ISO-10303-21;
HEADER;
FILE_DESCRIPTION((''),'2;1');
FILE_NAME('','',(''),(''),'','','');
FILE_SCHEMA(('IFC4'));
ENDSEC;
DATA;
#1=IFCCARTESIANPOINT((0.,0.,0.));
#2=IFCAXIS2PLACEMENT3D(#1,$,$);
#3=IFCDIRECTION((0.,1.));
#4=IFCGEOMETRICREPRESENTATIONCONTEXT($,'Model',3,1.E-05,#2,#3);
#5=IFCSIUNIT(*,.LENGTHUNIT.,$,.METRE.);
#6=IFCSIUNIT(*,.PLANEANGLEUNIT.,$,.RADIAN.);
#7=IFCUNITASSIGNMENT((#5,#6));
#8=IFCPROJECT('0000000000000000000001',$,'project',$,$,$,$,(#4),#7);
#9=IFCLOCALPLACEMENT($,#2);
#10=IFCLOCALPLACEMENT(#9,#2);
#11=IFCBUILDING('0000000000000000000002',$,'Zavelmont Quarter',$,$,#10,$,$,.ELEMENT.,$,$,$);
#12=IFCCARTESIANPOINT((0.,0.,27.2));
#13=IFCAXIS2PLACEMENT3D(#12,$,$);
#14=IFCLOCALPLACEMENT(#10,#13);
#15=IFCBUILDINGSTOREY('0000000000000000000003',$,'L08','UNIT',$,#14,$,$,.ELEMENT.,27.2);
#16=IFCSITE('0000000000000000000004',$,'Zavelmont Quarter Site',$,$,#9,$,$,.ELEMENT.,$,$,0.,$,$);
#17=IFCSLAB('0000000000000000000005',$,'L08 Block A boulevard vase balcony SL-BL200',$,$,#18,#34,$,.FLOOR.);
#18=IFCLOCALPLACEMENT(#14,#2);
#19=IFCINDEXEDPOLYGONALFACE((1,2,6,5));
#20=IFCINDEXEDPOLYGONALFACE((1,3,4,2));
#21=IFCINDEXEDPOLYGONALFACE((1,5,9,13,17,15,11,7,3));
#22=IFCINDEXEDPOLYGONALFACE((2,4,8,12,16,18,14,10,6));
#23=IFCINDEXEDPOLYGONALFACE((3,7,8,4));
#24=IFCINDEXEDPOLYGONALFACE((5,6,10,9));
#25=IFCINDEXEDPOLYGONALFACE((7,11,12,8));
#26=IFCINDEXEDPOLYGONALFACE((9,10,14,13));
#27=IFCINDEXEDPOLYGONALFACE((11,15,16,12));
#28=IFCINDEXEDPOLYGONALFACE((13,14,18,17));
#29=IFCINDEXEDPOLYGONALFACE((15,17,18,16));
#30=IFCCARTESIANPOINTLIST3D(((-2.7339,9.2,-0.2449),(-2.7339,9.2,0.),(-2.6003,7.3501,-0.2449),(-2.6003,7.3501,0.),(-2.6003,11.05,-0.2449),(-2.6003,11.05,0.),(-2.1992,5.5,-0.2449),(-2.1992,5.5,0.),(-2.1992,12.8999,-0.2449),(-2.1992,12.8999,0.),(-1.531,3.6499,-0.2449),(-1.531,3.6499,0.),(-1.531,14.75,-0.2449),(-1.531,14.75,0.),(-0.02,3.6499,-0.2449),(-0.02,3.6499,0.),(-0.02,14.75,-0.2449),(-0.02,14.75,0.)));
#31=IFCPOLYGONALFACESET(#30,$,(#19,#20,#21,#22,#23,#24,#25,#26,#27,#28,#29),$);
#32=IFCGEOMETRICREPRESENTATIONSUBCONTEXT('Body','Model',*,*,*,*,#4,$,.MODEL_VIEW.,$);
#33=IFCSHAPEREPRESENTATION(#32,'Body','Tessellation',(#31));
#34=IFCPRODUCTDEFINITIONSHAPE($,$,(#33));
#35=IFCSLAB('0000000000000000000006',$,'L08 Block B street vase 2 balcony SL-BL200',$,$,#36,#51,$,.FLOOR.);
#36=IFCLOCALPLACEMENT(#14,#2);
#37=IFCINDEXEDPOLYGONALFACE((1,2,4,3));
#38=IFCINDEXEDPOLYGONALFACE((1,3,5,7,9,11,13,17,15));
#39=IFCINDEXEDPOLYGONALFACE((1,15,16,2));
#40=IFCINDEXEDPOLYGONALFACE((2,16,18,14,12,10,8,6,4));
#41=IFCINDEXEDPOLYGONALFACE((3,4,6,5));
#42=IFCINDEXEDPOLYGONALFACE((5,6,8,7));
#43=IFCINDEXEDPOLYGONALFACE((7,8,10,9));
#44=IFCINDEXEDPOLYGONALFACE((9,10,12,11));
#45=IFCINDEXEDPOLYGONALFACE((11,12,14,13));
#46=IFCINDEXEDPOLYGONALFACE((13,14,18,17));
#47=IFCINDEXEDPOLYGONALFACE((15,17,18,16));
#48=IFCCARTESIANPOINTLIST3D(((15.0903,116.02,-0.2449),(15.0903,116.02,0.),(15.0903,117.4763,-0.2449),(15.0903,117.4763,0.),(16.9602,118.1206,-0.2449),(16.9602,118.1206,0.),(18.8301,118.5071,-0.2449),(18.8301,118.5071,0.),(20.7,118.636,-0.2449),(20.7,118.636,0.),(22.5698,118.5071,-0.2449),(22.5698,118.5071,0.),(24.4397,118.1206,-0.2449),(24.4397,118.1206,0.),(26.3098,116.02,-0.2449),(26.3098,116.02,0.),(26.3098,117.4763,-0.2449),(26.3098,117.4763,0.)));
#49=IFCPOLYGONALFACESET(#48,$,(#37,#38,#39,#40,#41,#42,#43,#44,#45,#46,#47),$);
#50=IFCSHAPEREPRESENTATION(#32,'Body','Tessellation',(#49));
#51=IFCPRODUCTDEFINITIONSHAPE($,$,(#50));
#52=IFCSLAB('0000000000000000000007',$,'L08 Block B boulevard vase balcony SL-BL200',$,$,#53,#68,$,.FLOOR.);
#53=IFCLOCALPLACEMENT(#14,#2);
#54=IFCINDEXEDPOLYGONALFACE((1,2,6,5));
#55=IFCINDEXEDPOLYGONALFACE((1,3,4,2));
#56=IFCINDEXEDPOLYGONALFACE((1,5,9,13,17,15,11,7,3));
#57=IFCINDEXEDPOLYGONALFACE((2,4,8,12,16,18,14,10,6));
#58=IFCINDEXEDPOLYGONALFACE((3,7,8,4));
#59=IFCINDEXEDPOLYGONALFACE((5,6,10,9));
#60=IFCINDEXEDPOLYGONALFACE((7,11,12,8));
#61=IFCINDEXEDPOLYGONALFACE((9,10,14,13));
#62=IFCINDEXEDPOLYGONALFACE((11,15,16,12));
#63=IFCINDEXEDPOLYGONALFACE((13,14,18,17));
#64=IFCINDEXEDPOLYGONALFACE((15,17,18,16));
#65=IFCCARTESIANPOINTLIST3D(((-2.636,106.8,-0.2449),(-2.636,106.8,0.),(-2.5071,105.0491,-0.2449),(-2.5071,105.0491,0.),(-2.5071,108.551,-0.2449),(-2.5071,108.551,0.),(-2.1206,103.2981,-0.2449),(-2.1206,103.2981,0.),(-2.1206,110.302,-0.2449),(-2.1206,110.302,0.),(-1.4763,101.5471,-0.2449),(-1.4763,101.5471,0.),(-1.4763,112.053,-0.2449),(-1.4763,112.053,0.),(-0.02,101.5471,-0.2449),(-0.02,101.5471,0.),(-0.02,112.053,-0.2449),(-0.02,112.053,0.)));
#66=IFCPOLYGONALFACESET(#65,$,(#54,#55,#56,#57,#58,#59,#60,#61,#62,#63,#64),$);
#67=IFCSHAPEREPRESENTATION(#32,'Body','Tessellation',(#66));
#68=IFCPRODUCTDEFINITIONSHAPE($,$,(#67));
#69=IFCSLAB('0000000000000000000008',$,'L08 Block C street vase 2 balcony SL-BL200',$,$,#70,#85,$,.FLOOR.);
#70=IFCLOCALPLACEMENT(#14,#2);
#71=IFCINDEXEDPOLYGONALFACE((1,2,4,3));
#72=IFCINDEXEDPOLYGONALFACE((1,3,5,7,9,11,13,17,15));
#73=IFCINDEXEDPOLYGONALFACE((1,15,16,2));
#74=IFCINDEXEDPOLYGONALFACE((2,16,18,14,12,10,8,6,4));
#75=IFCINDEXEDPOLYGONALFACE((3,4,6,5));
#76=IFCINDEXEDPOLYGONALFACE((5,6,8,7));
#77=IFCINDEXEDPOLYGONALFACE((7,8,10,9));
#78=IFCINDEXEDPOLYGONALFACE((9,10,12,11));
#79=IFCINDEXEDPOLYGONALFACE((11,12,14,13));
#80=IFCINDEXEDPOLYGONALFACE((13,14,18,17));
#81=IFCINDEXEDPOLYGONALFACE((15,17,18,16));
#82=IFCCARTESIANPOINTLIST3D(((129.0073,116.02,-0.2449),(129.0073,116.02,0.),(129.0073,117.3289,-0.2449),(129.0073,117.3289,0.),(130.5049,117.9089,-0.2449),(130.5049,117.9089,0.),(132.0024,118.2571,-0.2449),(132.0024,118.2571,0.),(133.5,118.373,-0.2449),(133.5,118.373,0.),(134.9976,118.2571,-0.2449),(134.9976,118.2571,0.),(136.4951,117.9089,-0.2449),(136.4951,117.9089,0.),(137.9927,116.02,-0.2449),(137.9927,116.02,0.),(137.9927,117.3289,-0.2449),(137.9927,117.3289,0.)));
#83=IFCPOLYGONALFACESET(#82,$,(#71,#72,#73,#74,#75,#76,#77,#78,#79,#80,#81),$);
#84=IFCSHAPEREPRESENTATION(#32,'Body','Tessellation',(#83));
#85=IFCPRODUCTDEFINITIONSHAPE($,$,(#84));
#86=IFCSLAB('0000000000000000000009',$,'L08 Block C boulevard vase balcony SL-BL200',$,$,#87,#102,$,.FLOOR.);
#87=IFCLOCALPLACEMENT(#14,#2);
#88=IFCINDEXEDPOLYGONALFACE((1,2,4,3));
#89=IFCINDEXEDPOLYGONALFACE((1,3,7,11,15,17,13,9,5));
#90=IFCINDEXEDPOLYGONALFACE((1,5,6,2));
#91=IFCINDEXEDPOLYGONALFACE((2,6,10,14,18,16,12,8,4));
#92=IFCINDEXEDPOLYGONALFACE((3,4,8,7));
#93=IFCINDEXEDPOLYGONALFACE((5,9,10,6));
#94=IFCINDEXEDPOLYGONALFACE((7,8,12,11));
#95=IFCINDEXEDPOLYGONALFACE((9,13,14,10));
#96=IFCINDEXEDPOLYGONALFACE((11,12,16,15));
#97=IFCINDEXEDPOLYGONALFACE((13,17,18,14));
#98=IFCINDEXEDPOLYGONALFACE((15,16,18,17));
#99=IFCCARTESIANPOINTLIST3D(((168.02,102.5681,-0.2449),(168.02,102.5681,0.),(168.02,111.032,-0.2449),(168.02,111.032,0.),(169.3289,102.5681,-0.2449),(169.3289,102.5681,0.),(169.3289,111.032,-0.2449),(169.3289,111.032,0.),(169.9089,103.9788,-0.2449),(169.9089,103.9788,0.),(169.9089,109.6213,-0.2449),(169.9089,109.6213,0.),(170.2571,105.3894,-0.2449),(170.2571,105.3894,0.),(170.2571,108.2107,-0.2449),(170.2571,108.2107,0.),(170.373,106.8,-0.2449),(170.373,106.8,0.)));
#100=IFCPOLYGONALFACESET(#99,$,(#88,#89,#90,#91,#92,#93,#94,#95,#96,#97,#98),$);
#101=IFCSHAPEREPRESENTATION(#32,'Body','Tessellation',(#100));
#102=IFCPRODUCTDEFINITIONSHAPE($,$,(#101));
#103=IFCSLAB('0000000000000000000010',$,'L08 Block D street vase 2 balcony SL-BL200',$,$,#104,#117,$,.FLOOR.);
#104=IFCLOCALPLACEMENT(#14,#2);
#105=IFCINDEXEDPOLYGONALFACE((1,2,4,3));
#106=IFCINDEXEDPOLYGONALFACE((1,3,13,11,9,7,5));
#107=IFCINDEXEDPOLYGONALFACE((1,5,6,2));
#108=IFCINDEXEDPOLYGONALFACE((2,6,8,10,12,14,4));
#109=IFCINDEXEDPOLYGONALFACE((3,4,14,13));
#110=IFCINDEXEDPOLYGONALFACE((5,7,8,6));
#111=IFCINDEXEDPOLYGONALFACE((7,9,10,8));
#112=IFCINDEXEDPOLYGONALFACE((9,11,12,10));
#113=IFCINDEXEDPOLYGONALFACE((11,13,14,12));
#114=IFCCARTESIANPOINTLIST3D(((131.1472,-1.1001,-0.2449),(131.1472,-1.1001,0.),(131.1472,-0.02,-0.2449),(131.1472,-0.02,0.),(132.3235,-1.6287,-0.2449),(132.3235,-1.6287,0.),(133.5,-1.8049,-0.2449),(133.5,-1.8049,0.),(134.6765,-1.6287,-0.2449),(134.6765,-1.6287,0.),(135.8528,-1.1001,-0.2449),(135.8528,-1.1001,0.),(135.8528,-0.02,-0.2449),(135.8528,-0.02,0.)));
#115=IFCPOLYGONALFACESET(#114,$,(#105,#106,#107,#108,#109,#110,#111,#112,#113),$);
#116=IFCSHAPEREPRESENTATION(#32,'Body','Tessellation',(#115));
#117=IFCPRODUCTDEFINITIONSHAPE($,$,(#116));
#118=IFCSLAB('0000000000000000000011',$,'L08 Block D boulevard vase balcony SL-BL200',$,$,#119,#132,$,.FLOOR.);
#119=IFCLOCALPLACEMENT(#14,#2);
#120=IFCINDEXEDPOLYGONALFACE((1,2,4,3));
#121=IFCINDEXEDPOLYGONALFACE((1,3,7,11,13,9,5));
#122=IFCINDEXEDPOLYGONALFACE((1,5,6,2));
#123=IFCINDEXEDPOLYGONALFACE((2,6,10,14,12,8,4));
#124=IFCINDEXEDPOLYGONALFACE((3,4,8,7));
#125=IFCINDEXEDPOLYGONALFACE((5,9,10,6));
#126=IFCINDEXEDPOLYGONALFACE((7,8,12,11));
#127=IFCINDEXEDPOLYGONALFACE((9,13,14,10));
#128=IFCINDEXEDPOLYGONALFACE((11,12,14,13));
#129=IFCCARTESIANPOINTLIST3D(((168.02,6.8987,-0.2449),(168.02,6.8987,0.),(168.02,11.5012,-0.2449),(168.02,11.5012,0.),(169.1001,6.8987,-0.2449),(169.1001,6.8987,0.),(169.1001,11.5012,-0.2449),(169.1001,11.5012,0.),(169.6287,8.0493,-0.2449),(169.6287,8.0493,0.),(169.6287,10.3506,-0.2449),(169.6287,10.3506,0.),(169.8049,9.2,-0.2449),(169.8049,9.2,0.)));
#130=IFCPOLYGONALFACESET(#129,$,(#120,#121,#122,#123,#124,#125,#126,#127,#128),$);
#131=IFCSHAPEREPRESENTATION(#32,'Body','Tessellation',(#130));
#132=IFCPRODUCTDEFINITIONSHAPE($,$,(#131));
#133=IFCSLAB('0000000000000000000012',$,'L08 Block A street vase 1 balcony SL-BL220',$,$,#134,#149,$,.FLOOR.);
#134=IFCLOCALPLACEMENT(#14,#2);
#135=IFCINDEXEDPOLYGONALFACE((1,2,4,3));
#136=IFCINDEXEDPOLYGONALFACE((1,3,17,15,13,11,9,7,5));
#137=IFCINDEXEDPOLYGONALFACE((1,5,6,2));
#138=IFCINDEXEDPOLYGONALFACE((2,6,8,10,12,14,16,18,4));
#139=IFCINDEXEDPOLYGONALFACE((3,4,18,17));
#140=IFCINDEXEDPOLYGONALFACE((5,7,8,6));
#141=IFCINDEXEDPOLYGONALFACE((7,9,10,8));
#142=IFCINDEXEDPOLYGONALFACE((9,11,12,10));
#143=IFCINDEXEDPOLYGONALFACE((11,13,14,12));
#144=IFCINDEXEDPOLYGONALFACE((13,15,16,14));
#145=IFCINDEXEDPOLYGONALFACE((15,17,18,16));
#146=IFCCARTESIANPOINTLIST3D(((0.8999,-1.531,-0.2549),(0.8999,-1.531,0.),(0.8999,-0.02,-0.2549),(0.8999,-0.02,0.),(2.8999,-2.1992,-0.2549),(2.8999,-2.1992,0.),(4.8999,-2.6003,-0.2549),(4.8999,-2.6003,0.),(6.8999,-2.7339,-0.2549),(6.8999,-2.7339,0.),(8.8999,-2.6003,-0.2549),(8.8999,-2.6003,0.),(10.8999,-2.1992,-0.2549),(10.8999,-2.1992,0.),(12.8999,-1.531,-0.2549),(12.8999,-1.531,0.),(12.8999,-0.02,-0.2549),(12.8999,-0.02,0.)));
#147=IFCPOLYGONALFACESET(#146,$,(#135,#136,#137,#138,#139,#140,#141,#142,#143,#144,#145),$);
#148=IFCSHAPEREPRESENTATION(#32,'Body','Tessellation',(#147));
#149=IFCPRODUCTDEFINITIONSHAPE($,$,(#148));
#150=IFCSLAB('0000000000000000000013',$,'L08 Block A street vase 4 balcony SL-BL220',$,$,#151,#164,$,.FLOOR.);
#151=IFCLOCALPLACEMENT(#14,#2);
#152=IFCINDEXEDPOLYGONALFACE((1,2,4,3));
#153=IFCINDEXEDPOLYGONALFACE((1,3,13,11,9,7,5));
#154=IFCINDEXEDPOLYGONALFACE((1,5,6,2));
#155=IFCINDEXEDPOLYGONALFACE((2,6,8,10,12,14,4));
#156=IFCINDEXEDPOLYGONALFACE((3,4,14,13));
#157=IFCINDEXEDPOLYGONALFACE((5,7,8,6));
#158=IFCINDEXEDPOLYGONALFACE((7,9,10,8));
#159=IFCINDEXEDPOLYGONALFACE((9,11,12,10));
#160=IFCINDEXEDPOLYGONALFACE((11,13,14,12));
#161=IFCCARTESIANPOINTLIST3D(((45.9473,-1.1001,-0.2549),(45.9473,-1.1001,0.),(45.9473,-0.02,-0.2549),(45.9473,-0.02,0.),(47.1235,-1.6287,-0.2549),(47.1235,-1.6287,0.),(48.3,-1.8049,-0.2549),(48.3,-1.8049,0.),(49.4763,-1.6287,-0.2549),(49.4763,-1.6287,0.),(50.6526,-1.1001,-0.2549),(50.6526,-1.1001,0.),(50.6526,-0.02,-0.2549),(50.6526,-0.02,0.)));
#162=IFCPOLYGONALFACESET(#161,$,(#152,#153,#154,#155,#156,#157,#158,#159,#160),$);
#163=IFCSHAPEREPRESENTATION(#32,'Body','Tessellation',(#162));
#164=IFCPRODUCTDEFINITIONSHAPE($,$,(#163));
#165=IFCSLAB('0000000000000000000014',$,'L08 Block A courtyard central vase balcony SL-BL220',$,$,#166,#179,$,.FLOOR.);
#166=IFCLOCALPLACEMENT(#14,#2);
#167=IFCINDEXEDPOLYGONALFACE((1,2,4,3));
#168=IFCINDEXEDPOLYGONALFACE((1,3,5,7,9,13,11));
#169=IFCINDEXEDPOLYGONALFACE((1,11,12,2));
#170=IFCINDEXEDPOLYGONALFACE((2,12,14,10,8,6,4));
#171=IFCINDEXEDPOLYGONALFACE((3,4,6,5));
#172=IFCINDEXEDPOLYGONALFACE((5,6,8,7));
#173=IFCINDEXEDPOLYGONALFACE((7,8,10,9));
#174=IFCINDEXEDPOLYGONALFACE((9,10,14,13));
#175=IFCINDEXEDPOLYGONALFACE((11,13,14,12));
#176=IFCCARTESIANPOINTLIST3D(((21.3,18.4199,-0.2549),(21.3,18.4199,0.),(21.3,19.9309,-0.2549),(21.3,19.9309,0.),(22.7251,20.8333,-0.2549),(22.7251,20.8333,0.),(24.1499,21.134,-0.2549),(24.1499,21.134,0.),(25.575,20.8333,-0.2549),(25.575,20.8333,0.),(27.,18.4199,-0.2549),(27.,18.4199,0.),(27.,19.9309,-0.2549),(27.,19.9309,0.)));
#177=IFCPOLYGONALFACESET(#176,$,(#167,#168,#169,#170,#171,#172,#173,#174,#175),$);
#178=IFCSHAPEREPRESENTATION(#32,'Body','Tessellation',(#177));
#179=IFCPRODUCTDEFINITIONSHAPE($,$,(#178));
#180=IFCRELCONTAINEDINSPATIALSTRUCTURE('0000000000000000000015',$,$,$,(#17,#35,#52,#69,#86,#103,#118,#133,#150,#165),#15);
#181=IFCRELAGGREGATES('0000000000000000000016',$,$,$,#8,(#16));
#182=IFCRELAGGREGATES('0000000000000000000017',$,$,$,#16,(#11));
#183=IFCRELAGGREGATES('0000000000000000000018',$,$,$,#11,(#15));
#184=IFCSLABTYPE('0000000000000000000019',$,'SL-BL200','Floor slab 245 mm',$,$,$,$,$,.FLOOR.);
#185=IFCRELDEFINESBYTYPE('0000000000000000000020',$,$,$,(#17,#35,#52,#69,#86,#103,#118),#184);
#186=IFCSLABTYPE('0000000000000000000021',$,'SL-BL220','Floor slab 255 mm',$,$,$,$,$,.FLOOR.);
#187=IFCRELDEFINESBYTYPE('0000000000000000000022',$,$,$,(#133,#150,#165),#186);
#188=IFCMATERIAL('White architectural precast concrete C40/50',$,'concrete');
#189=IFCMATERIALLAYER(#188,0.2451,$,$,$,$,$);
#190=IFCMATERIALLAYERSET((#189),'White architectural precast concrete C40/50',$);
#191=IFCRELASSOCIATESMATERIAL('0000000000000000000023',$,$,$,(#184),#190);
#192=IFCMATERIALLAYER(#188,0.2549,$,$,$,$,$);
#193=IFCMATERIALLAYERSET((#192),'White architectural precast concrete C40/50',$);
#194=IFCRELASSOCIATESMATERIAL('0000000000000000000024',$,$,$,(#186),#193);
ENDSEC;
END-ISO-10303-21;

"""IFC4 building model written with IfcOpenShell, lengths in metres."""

from ifc_helpers import new_model, si_unit, direction, frame, origin, place, context, subcontext, project, spatial, polyline, outline, extrude, material, layer, layer_set, type_object, element, save


model = new_model("IFC4")

# Units and contexts
model_context = context("Model", 3, precision=1e-05, world=origin(), true_north=direction((0.0, 1.0)))
body_context = subcontext(model_context, "Body", "Model", "MODEL_VIEW")
ifc_project = project(units=[si_unit("LENGTHUNIT", "METRE"), si_unit("PLANEANGLEUNIT", "RADIAN")], contexts=[model_context])

# Site, building, storey
site_placement = place(None, origin())
site = spatial("IfcSite", under=ifc_project, at=site_placement, Name="Zavelmont Quarter Site", CompositionType="ELEMENT", RefElevation=0.0)
building_placement = place(site_placement, origin())
building = spatial("IfcBuilding", under=site, at=building_placement, Name="Zavelmont Quarter", CompositionType="ELEMENT")
storey_placement = place(building_placement, frame((0.0, 0.0, 27.2)))
storey = spatial("IfcBuildingStorey", under=building, at=storey_placement, Name="L08", Description="UNIT", CompositionType="ELEMENT", Elevation=27.2)

# Slabs
ifc_material_1 = material(Name="White architectural precast concrete C40/50", Category="concrete")
ifc_layer_1 = layer(ifc_material_1, 0.2451)
ifc_layer_set_1 = layer_set([ifc_layer_1], Name="White architectural precast concrete C40/50")
slab_type_1 = type_object("IfcSlabType", Name="SL-BL200", Description="Floor slab 245 mm", PredefinedType="FLOOR", material=ifc_layer_set_1)
slab_1_placement = place(storey_placement, frame((0.0, 0.0, -0.2449)))
element("IfcSlab", 1, at=slab_1_placement, inside=storey, type_object=slab_type_1, Name="L08 Block A boulevard vase balcony SL-BL200", PredefinedType="FLOOR", context=body_context, shape_type="SweptSolid", body=[
    extrude(outline(polyline([(-0.02, 14.75), (-1.531, 14.75), (-2.1992, 12.8999), (-2.6003, 11.05), (-2.7339, 9.2), (-2.6003, 7.3501), (-2.1992, 5.5), (-1.531, 3.6499), (-0.02, 3.6499), (-0.02, 14.75)])), origin(), (0.0, 0.0, 1.0), 0.2449),
])
slab_2_placement = place(storey_placement, frame((0.0, 0.0, -0.2449)))
element("IfcSlab", 2, at=slab_2_placement, inside=storey, type_object=slab_type_1, Name="L08 Block B street vase 2 balcony SL-BL200", PredefinedType="FLOOR", context=body_context, shape_type="SweptSolid", body=[
    extrude(outline(polyline([(26.3098, 116.02), (26.3098, 117.4763), (24.4397, 118.1206), (22.5698, 118.5071), (20.7, 118.636), (18.8301, 118.5071), (16.9602, 118.1206), (15.0903, 117.4763), (15.0903, 116.02), (26.3098, 116.02)])), origin(), (0.0, 0.0, 1.0), 0.2449),
])
slab_3_placement = place(storey_placement, frame((0.0, 0.0, -0.2449)))
element("IfcSlab", 3, at=slab_3_placement, inside=storey, type_object=slab_type_1, Name="L08 Block B boulevard vase balcony SL-BL200", PredefinedType="FLOOR", context=body_context, shape_type="SweptSolid", body=[
    extrude(outline(polyline([(-0.02, 112.053), (-1.4763, 112.053), (-2.1206, 110.302), (-2.5071, 108.551), (-2.636, 106.8), (-2.5071, 105.0491), (-2.1206, 103.2981), (-1.4763, 101.5471), (-0.02, 101.5471), (-0.02, 112.053)])), origin(), (0.0, 0.0, 1.0), 0.2449),
])
slab_4_placement = place(storey_placement, frame((0.0, 0.0, -0.2449)))
element("IfcSlab", 4, at=slab_4_placement, inside=storey, type_object=slab_type_1, Name="L08 Block C street vase 2 balcony SL-BL200", PredefinedType="FLOOR", context=body_context, shape_type="SweptSolid", body=[
    extrude(outline(polyline([(137.9927, 116.02), (137.9927, 117.3289), (136.4951, 117.9089), (134.9976, 118.2571), (133.5, 118.373), (132.0024, 118.2571), (130.5049, 117.9089), (129.0073, 117.3289), (129.0073, 116.02), (137.9927, 116.02)])), origin(), (0.0, 0.0, 1.0), 0.2449),
])
slab_5_placement = place(storey_placement, frame((0.0, 0.0, -0.2449)))
element("IfcSlab", 5, at=slab_5_placement, inside=storey, type_object=slab_type_1, Name="L08 Block C boulevard vase balcony SL-BL200", PredefinedType="FLOOR", context=body_context, shape_type="SweptSolid", body=[
    extrude(outline(polyline([(168.02, 102.5681), (169.3289, 102.5681), (169.9089, 103.9788), (170.2571, 105.3894), (170.373, 106.8), (170.2571, 108.2107), (169.9089, 109.6213), (169.3289, 111.032), (168.02, 111.032), (168.02, 102.5681)])), origin(), (0.0, 0.0, 1.0), 0.2449),
])
slab_6_placement = place(storey_placement, frame((0.0, 0.0, -0.2449)))
element("IfcSlab", 6, at=slab_6_placement, inside=storey, type_object=slab_type_1, Name="L08 Block D street vase 2 balcony SL-BL200", PredefinedType="FLOOR", context=body_context, shape_type="SweptSolid", body=[
    extrude(outline(polyline([(131.1472, -0.02), (131.1472, -1.1001), (132.3235, -1.6287), (133.5, -1.8049), (134.6765, -1.6287), (135.8528, -1.1001), (135.8528, -0.02), (131.1472, -0.02)])), origin(), (0.0, 0.0, 1.0), 0.2449),
])
slab_7_placement = place(storey_placement, frame((0.0, 0.0, -0.2449)))
element("IfcSlab", 7, at=slab_7_placement, inside=storey, type_object=slab_type_1, Name="L08 Block D boulevard vase balcony SL-BL200", PredefinedType="FLOOR", context=body_context, shape_type="SweptSolid", body=[
    extrude(outline(polyline([(168.02, 6.8987), (169.1001, 6.8987), (169.6287, 8.0493), (169.8049, 9.2), (169.6287, 10.3506), (169.1001, 11.5012), (168.02, 11.5012), (168.02, 6.8987)])), origin(), (0.0, 0.0, 1.0), 0.2449),
])
ifc_layer_2 = layer(ifc_material_1, 0.2549)
ifc_layer_set_2 = layer_set([ifc_layer_2], Name="White architectural precast concrete C40/50")
slab_type_2 = type_object("IfcSlabType", Name="SL-BL220", Description="Floor slab 255 mm", PredefinedType="FLOOR", material=ifc_layer_set_2)
slab_8_placement = place(storey_placement, frame((0.0, 0.0, -0.2549)))
element("IfcSlab", 8, at=slab_8_placement, inside=storey, type_object=slab_type_2, Name="L08 Block A street vase 1 balcony SL-BL220", PredefinedType="FLOOR", context=body_context, shape_type="SweptSolid", body=[
    extrude(outline(polyline([(0.8999, -0.02), (0.8999, -1.531), (2.8999, -2.1992), (4.8999, -2.6003), (6.8999, -2.7339), (8.8999, -2.6003), (10.8999, -2.1992), (12.8999, -1.531), (12.8999, -0.02), (0.8999, -0.02)])), origin(), (0.0, 0.0, 1.0), 0.2549),
])
slab_9_placement = place(storey_placement, frame((0.0, 0.0, -0.2549)))
element("IfcSlab", 9, at=slab_9_placement, inside=storey, type_object=slab_type_2, Name="L08 Block A street vase 4 balcony SL-BL220", PredefinedType="FLOOR", context=body_context, shape_type="SweptSolid", body=[
    extrude(outline(polyline([(45.9473, -0.02), (45.9473, -1.1001), (47.1235, -1.6287), (48.3, -1.8049), (49.4763, -1.6287), (50.6526, -1.1001), (50.6526, -0.02), (45.9473, -0.02)])), origin(), (0.0, 0.0, 1.0), 0.2549),
])
slab_10_placement = place(storey_placement, frame((0.0, 0.0, -0.2549)))
element("IfcSlab", 10, at=slab_10_placement, inside=storey, type_object=slab_type_2, Name="L08 Block A courtyard central vase balcony SL-BL220", PredefinedType="FLOOR", context=body_context, shape_type="SweptSolid", body=[
    extrude(outline(polyline([(27.0, 18.4199), (27.0, 19.9309), (25.575, 20.8333), (24.1499, 21.134), (22.7251, 20.8333), (21.3, 19.9309), (21.3, 18.4199), (27.0, 18.4199)])), origin(), (0.0, 0.0, 1.0), 0.2549),
])

save(model, "model.ifc")
